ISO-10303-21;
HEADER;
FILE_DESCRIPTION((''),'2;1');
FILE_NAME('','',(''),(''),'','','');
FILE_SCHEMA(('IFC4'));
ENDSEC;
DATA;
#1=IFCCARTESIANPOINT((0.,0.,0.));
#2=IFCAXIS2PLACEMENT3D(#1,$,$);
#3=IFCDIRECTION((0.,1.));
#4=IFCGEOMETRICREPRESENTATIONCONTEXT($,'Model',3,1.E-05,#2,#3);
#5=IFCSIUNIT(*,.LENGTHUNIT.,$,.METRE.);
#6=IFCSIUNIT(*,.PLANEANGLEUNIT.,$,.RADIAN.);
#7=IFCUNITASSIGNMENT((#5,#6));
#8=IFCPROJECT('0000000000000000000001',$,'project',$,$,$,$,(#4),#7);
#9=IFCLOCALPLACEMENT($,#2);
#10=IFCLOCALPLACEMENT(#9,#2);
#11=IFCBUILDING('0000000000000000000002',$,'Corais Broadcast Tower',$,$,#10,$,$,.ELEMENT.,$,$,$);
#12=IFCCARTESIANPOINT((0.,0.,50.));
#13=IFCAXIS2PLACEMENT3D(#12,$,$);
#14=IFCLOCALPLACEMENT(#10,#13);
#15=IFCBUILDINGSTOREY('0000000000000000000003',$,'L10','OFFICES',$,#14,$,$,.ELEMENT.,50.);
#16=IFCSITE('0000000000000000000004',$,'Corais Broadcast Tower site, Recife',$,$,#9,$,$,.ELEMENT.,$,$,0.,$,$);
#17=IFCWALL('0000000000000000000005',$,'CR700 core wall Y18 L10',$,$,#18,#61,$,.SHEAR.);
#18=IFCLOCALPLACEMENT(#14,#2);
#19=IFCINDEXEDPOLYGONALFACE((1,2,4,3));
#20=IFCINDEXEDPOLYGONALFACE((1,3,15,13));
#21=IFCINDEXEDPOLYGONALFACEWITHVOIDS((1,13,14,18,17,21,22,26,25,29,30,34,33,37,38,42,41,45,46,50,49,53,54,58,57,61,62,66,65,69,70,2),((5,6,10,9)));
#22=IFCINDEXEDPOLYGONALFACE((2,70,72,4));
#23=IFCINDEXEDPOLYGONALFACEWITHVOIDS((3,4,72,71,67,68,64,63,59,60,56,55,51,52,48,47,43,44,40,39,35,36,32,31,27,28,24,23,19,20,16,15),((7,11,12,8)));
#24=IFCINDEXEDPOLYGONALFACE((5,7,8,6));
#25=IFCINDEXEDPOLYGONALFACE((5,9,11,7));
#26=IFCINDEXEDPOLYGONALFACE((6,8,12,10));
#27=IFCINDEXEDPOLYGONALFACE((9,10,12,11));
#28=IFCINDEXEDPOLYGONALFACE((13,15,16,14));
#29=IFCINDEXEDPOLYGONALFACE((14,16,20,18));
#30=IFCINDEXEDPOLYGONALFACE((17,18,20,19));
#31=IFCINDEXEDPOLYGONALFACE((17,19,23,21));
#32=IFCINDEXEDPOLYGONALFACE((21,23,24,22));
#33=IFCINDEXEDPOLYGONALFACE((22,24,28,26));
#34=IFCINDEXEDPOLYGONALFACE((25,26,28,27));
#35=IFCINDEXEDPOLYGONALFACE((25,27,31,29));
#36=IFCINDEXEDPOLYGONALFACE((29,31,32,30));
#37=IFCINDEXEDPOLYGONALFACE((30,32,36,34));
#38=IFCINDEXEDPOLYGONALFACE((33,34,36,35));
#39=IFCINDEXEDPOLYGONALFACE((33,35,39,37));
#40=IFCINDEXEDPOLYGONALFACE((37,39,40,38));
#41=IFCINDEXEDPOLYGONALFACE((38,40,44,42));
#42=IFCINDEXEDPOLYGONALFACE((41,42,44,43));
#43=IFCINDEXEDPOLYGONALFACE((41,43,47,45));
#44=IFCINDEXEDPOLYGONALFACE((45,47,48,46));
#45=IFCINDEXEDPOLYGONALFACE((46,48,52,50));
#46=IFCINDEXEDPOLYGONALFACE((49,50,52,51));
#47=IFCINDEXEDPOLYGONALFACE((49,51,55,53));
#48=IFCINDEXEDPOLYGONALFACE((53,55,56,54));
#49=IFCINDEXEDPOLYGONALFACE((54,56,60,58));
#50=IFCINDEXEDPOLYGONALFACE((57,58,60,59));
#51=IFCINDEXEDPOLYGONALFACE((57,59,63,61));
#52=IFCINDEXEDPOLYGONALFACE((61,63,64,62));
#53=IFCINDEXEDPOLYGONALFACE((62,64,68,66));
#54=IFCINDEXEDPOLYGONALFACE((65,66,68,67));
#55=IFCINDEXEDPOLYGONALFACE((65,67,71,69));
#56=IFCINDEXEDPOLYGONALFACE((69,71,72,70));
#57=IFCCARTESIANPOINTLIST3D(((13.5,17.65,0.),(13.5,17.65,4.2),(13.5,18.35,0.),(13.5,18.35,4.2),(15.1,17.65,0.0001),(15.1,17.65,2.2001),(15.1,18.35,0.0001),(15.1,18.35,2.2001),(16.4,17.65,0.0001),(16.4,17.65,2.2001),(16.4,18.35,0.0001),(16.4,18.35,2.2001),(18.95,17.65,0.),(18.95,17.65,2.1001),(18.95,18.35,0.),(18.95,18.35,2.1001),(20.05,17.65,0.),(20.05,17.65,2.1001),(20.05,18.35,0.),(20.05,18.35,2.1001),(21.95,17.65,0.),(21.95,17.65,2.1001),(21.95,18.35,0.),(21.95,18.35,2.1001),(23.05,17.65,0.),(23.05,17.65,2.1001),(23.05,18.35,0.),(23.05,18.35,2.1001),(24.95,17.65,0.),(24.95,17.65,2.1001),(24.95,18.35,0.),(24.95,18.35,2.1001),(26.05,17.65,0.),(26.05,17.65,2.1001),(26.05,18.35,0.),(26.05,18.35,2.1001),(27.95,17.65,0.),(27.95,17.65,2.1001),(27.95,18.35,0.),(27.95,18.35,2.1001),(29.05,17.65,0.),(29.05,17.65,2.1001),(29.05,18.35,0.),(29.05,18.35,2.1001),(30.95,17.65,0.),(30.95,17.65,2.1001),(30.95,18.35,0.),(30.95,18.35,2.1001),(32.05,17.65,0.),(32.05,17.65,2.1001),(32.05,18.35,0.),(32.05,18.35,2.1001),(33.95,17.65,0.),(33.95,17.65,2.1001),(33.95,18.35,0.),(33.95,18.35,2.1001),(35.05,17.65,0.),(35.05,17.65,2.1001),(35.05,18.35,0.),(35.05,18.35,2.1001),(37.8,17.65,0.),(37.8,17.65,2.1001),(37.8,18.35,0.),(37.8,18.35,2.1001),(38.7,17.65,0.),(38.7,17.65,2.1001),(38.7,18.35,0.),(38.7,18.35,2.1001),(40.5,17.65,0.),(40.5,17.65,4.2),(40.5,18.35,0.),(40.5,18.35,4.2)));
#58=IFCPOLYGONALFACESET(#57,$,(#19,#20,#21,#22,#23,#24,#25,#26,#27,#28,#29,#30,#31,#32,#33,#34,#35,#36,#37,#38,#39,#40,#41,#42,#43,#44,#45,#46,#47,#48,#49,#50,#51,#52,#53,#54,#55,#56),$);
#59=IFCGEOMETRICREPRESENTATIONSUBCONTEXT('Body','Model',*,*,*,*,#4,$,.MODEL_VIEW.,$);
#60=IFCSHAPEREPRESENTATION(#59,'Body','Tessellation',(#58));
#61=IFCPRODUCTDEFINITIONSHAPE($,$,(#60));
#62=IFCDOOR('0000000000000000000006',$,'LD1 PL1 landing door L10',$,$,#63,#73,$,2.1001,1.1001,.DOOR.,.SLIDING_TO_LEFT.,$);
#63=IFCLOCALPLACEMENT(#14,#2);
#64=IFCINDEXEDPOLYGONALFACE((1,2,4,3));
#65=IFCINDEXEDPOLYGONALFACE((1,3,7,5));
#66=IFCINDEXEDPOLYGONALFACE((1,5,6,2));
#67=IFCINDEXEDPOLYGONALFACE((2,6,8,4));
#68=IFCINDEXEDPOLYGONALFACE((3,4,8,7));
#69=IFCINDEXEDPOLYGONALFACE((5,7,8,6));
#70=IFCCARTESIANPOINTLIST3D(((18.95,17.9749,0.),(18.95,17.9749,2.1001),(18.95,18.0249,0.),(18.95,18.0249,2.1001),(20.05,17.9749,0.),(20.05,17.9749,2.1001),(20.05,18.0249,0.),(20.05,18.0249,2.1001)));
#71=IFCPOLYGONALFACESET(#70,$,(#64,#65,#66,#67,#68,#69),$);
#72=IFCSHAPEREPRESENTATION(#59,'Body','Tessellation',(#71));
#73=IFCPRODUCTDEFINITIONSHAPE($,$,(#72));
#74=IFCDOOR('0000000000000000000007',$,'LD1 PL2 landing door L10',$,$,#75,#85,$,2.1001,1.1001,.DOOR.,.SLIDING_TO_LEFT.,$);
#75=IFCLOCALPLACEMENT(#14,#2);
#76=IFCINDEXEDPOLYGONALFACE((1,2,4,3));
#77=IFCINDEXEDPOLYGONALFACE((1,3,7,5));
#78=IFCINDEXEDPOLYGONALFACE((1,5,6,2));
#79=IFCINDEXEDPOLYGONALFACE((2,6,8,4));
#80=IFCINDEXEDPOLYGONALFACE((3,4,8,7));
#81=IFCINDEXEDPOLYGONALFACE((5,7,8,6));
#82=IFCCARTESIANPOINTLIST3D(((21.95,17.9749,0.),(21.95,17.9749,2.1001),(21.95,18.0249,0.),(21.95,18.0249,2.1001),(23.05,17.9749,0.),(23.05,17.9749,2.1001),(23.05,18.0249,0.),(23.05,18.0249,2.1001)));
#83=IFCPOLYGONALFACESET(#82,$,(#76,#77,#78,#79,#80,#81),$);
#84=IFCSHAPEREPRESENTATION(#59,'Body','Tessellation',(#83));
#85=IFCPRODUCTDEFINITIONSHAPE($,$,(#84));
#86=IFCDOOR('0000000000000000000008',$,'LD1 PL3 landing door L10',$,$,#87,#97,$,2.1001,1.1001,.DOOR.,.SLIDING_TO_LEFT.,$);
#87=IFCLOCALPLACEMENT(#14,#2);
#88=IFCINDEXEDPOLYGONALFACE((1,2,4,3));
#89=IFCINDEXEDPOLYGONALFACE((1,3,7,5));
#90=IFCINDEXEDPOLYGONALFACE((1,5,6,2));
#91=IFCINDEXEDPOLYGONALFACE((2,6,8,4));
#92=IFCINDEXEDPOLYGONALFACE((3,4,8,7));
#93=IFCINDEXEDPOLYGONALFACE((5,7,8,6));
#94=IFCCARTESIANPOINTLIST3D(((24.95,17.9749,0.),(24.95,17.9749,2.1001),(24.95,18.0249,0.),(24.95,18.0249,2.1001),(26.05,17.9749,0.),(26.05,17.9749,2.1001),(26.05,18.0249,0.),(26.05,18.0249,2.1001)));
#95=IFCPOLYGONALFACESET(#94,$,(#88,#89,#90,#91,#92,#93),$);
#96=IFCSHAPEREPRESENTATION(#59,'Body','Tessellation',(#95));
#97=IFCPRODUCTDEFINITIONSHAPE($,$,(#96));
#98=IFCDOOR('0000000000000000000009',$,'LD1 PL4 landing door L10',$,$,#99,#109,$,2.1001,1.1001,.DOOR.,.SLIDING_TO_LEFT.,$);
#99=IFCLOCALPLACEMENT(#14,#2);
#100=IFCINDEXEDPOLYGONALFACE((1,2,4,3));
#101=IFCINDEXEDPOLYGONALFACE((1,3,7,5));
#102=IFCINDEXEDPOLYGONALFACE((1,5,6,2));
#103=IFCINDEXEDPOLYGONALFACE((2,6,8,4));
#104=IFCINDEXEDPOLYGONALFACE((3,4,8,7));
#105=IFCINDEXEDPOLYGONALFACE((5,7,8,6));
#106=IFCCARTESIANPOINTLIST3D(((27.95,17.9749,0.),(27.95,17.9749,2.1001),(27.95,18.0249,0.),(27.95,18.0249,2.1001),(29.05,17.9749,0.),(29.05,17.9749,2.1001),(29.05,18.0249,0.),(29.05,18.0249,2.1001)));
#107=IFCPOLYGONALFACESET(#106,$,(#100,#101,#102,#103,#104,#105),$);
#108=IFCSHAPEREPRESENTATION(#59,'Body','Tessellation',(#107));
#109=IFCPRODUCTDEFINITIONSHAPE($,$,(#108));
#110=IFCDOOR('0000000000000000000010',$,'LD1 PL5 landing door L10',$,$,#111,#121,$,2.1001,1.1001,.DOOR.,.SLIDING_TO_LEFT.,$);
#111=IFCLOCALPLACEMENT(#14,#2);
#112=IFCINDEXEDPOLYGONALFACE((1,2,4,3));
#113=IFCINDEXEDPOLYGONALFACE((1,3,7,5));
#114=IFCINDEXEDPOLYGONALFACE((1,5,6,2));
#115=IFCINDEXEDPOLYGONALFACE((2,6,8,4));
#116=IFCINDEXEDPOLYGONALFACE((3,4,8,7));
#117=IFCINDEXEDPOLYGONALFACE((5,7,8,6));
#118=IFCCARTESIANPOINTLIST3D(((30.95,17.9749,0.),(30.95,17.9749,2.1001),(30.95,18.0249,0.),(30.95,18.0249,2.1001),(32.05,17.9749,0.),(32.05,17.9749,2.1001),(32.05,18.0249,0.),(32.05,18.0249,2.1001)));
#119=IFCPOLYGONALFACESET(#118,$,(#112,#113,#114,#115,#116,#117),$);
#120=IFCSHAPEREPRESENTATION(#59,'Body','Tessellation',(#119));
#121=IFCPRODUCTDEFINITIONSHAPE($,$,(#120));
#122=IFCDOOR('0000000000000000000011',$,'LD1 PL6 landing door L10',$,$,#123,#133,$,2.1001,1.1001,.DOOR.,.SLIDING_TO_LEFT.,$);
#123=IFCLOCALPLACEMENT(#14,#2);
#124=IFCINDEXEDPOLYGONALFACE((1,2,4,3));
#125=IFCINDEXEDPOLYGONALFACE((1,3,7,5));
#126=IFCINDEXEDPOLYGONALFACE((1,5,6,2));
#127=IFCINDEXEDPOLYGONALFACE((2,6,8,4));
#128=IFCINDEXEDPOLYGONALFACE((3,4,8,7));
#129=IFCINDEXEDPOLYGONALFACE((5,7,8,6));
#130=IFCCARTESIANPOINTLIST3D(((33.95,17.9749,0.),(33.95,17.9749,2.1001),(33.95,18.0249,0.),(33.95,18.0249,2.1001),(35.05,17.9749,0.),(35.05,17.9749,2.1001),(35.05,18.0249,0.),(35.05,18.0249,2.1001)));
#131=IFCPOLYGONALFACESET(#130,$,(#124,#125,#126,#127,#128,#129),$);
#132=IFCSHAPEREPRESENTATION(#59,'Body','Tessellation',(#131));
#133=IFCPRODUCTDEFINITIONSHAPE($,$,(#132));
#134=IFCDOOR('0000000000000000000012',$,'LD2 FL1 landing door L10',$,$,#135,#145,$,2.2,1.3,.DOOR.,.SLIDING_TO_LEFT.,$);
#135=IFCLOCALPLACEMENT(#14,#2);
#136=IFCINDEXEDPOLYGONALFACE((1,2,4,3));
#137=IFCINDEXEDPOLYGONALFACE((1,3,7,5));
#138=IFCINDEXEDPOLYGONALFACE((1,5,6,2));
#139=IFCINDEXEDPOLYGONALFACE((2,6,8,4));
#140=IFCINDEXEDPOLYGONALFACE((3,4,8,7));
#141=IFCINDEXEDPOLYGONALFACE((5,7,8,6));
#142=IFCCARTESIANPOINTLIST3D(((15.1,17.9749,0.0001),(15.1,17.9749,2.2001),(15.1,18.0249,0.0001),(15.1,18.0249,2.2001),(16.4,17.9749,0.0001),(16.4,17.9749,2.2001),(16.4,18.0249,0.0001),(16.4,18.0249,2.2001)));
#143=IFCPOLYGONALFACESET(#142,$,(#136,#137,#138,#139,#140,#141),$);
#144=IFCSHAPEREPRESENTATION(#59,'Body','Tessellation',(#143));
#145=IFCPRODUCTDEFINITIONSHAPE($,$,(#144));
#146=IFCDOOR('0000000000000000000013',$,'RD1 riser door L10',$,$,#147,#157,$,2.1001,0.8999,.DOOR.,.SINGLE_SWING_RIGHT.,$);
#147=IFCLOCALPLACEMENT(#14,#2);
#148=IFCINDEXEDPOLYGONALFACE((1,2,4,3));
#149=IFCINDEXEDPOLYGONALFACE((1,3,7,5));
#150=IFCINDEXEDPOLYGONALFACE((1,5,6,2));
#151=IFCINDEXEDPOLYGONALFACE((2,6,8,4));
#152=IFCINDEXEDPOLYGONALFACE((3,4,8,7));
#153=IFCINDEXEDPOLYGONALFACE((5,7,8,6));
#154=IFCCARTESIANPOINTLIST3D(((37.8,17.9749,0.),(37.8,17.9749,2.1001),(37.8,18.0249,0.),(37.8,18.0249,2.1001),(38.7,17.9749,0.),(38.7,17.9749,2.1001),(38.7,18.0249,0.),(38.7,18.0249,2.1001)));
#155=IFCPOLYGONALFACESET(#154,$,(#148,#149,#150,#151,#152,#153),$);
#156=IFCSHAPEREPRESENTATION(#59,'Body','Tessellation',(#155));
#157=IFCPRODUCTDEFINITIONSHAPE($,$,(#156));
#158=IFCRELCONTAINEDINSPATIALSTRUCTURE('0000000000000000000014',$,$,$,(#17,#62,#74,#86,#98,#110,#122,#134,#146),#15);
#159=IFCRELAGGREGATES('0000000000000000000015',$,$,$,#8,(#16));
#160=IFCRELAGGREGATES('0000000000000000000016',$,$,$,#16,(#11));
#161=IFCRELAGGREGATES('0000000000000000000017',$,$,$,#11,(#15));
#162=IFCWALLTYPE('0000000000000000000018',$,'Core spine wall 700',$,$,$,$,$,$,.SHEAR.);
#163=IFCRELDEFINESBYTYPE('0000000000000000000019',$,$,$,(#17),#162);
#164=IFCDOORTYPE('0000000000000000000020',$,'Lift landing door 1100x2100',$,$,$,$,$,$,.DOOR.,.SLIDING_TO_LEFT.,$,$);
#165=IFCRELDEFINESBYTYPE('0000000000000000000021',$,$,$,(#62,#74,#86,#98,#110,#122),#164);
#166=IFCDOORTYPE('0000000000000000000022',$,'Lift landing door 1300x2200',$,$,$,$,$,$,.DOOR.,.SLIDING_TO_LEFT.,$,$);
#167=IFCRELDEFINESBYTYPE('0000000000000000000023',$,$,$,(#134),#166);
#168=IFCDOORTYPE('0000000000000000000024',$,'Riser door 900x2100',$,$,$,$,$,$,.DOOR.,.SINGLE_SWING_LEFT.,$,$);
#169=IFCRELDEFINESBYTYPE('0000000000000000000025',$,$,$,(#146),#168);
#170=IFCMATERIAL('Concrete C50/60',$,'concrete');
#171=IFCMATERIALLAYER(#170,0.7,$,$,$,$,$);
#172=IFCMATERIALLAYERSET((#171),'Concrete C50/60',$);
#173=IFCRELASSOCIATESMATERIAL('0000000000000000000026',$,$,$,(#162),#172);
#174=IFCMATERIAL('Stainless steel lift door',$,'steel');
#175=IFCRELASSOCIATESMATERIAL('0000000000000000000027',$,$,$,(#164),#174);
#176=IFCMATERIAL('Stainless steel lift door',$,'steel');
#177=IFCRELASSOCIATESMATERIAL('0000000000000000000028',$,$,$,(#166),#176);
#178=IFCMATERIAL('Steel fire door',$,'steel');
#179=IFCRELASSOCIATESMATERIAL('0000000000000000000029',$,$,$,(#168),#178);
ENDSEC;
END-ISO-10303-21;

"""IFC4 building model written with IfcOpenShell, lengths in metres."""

from ifc_helpers import new_model, si_unit, direction, frame, frame_2d, origin, place, context, subcontext, project, spatial, rectangle, extrude, material, layer, layer_set, type_object, element, fill, save


model = new_model("IFC4")

# Units and contexts
model_context = context("Model", 3, precision=1e-05, world=origin(), true_north=direction((0.0, 1.0)))
body_context = subcontext(model_context, "Body", "Model", "MODEL_VIEW")
ifc_project = project(units=[si_unit("LENGTHUNIT", "METRE"), si_unit("PLANEANGLEUNIT", "RADIAN")], contexts=[model_context])

# Site, building, storey
site_placement = place(None, origin())
site = spatial("IfcSite", under=ifc_project, at=site_placement, Name="Corais Broadcast Tower site, Recife", CompositionType="ELEMENT", RefElevation=0.0)
building_placement = place(site_placement, origin())
building = spatial("IfcBuilding", under=site, at=building_placement, Name="Corais Broadcast Tower", CompositionType="ELEMENT")
storey_placement = place(building_placement, frame((0.0, 0.0, 50.0)))
storey = spatial("IfcBuildingStorey", under=building, at=storey_placement, Name="L10", Description="OFFICES", CompositionType="ELEMENT", Elevation=50.0)

# Wall, openings, doors
ifc_material_1 = material(Name="Concrete C50/60", Category="concrete")
ifc_layer_1 = layer(ifc_material_1, 0.7)
ifc_layer_set_1 = layer_set([ifc_layer_1], Name="Concrete C50/60")
wall_type_1 = type_object("IfcWallType", Name="Core spine wall 700", PredefinedType="SHEAR", material=ifc_layer_set_1)
wall_1_placement = place(storey_placement, frame((13.5, 18.0, 0.0), z_axis=(0.0, 0.0, 1.0), x_axis=(1.0, 0.0, 0.0)))
wall_1 = element("IfcWall", 1, at=wall_1_placement, inside=storey, type_object=wall_type_1, Name="CR700 core wall Y18 L10", PredefinedType="SHEAR", context=body_context, shape_type="SweptSolid", body=[
    extrude(rectangle(XDim=27.0, YDim=0.7, at=frame_2d((13.5, 0.0))), origin(), (0.0, 0.0, 1.0), 4.2),
])
opening_1_placement = place(wall_1_placement, frame((24.3, 0.0, 0.0)))
opening_1 = element("IfcOpeningElement", 2, at=opening_1_placement, cuts=wall_1, PredefinedType="OPENING", context=body_context, shape_type="SweptSolid", body=[
    extrude(rectangle(XDim=0.8999, YDim=2.1001, at=frame_2d((0.45, 1.05))), frame((0.0, 0.3599, 0.0), z_axis=(0.0, -1.0, 0.0), x_axis=(1.0, 0.0, 0.0)), (0.0, 0.0, 1.0), 0.72),
])
opening_2_placement = place(wall_1_placement, frame((5.45, 0.0, 0.0)))
opening_2 = element("IfcOpeningElement", 3, at=opening_2_placement, cuts=wall_1, PredefinedType="OPENING", context=body_context, shape_type="SweptSolid", body=[
    extrude(rectangle(XDim=1.1001, YDim=2.1001, at=frame_2d((0.55, 1.05))), frame((0.0, 0.3599, 0.0), z_axis=(0.0, -1.0, 0.0), x_axis=(1.0, 0.0, 0.0)), (0.0, 0.0, 1.0), 0.72),
])
opening_3_placement = place(wall_1_placement, frame((8.45, 0.0, 0.0)))
opening_3 = element("IfcOpeningElement", 4, at=opening_3_placement, cuts=wall_1, PredefinedType="OPENING", context=body_context, shape_type="SweptSolid", body=[
    extrude(rectangle(XDim=1.1001, YDim=2.1001, at=frame_2d((0.55, 1.05))), frame((0.0, 0.3599, 0.0), z_axis=(0.0, -1.0, 0.0), x_axis=(1.0, 0.0, 0.0)), (0.0, 0.0, 1.0), 0.72),
])
opening_4_placement = place(wall_1_placement, frame((11.45, 0.0, 0.0)))
opening_4 = element("IfcOpeningElement", 5, at=opening_4_placement, cuts=wall_1, PredefinedType="OPENING", context=body_context, shape_type="SweptSolid", body=[
    extrude(rectangle(XDim=1.1001, YDim=2.1001, at=frame_2d((0.55, 1.05))), frame((0.0, 0.3599, 0.0), z_axis=(0.0, -1.0, 0.0), x_axis=(1.0, 0.0, 0.0)), (0.0, 0.0, 1.0), 0.72),
])
opening_5_placement = place(wall_1_placement, frame((14.45, 0.0, 0.0)))
opening_5 = element("IfcOpeningElement", 6, at=opening_5_placement, cuts=wall_1, PredefinedType="OPENING", context=body_context, shape_type="SweptSolid", body=[
    extrude(rectangle(XDim=1.1001, YDim=2.1001, at=frame_2d((0.55, 1.05))), frame((0.0, 0.3599, 0.0), z_axis=(0.0, -1.0, 0.0), x_axis=(1.0, 0.0, 0.0)), (0.0, 0.0, 1.0), 0.72),
])
opening_6_placement = place(wall_1_placement, frame((17.45, 0.0, 0.0)))
opening_6 = element("IfcOpeningElement", 7, at=opening_6_placement, cuts=wall_1, PredefinedType="OPENING", context=body_context, shape_type="SweptSolid", body=[
    extrude(rectangle(XDim=1.1001, YDim=2.1001, at=frame_2d((0.55, 1.05))), frame((0.0, 0.3599, 0.0), z_axis=(0.0, -1.0, 0.0), x_axis=(1.0, 0.0, 0.0)), (0.0, 0.0, 1.0), 0.72),
])
opening_7_placement = place(wall_1_placement, frame((20.45, 0.0, 0.0)))
opening_7 = element("IfcOpeningElement", 8, at=opening_7_placement, cuts=wall_1, PredefinedType="OPENING", context=body_context, shape_type="SweptSolid", body=[
    extrude(rectangle(XDim=1.1001, YDim=2.1001, at=frame_2d((0.55, 1.05))), frame((0.0, 0.3599, 0.0), z_axis=(0.0, -1.0, 0.0), x_axis=(1.0, 0.0, 0.0)), (0.0, 0.0, 1.0), 0.72),
])
opening_8_placement = place(wall_1_placement, frame((1.6001, 0.0, 0.0)))
opening_8 = element("IfcOpeningElement", 9, at=opening_8_placement, cuts=wall_1, PredefinedType="OPENING", context=body_context, shape_type="SweptSolid", body=[
    extrude(rectangle(XDim=1.3, YDim=2.2, at=frame_2d((0.6499, 1.1001))), frame((0.0, 0.3599, 0.0), z_axis=(0.0, -1.0, 0.0), x_axis=(1.0, 0.0, 0.0)), (0.0, 0.0, 1.0), 0.72),
])
ifc_material_2 = material(Name="Stainless steel lift door", Category="steel")
door_type_1 = type_object("IfcDoorType", Name="Lift landing door 1100x2100", OperationType="SLIDING_TO_LEFT", PredefinedType="DOOR", material=ifc_material_2)
door_1_placement = place(opening_2_placement, origin())
door_1 = element("IfcDoor", 10, at=door_1_placement, inside=storey, type_object=door_type_1, Name="LD1 PL1 landing door L10", OperationType="SLIDING_TO_LEFT", OverallHeight=2.1001, OverallWidth=1.1001, PredefinedType="DOOR", context=body_context, shape_type="SweptSolid", body=[
    extrude(rectangle(XDim=1.1001, YDim=2.1001, at=frame_2d((0.55, 1.05))), frame((0.0, 0.0249, 0.0), z_axis=(0.0, -1.0, 0.0), x_axis=(1.0, 0.0, 0.0)), (0.0, 0.0, 1.0), 0.05),
])
fill(opening_2, door_1)
door_2_placement = place(opening_3_placement, origin())
door_2 = element("IfcDoor", 11, at=door_2_placement, inside=storey, type_object=door_type_1, Name="LD1 PL2 landing door L10", OperationType="SLIDING_TO_LEFT", OverallHeight=2.1001, OverallWidth=1.1001, PredefinedType="DOOR", context=body_context, shape_type="SweptSolid", body=[
    extrude(rectangle(XDim=1.1001, YDim=2.1001, at=frame_2d((0.55, 1.05))), frame((0.0, 0.0249, 0.0), z_axis=(0.0, -1.0, 0.0), x_axis=(1.0, 0.0, 0.0)), (0.0, 0.0, 1.0), 0.05),
])
fill(opening_3, door_2)
door_3_placement = place(opening_4_placement, origin())
door_3 = element("IfcDoor", 12, at=door_3_placement, inside=storey, type_object=door_type_1, Name="LD1 PL3 landing door L10", OperationType="SLIDING_TO_LEFT", OverallHeight=2.1001, OverallWidth=1.1001, PredefinedType="DOOR", context=body_context, shape_type="SweptSolid", body=[
    extrude(rectangle(XDim=1.1001, YDim=2.1001, at=frame_2d((0.55, 1.05))), frame((0.0, 0.0249, 0.0), z_axis=(0.0, -1.0, 0.0), x_axis=(1.0, 0.0, 0.0)), (0.0, 0.0, 1.0), 0.05),
])
fill(opening_4, door_3)
door_4_placement = place(opening_5_placement, origin())
door_4 = element("IfcDoor", 13, at=door_4_placement, inside=storey, type_object=door_type_1, Name="LD1 PL4 landing door L10", OperationType="SLIDING_TO_LEFT", OverallHeight=2.1001, OverallWidth=1.1001, PredefinedType="DOOR", context=body_context, shape_type="SweptSolid", body=[
    extrude(rectangle(XDim=1.1001, YDim=2.1001, at=frame_2d((0.55, 1.05))), frame((0.0, 0.0249, 0.0), z_axis=(0.0, -1.0, 0.0), x_axis=(1.0, 0.0, 0.0)), (0.0, 0.0, 1.0), 0.05),
])
fill(opening_5, door_4)
door_5_placement = place(opening_6_placement, origin())
door_5 = element("IfcDoor", 14, at=door_5_placement, inside=storey, type_object=door_type_1, Name="LD1 PL5 landing door L10", OperationType="SLIDING_TO_LEFT", OverallHeight=2.1001, OverallWidth=1.1001, PredefinedType="DOOR", context=body_context, shape_type="SweptSolid", body=[
    extrude(rectangle(XDim=1.1001, YDim=2.1001, at=frame_2d((0.55, 1.05))), frame((0.0, 0.0249, 0.0), z_axis=(0.0, -1.0, 0.0), x_axis=(1.0, 0.0, 0.0)), (0.0, 0.0, 1.0), 0.05),
])
fill(opening_6, door_5)
door_6_placement = place(opening_7_placement, origin())
door_6 = element("IfcDoor", 15, at=door_6_placement, inside=storey, type_object=door_type_1, Name="LD1 PL6 landing door L10", OperationType="SLIDING_TO_LEFT", OverallHeight=2.1001, OverallWidth=1.1001, PredefinedType="DOOR", context=body_context, shape_type="SweptSolid", body=[
    extrude(rectangle(XDim=1.1001, YDim=2.1001, at=frame_2d((0.55, 1.05))), frame((0.0, 0.0249, 0.0), z_axis=(0.0, -1.0, 0.0), x_axis=(1.0, 0.0, 0.0)), (0.0, 0.0, 1.0), 0.05),
])
fill(opening_7, door_6)
ifc_material_3 = material(Name="Stainless steel lift door", Category="steel")
door_type_2 = type_object("IfcDoorType", Name="Lift landing door 1300x2200", OperationType="SLIDING_TO_LEFT", PredefinedType="DOOR", material=ifc_material_3)
door_7_placement = place(opening_8_placement, origin())
door_7 = element("IfcDoor", 16, at=door_7_placement, inside=storey, type_object=door_type_2, Name="LD2 FL1 landing door L10", OperationType="SLIDING_TO_LEFT", OverallHeight=2.2, OverallWidth=1.3, PredefinedType="DOOR", context=body_context, shape_type="SweptSolid", body=[
    extrude(rectangle(XDim=1.3, YDim=2.2, at=frame_2d((0.6499, 1.1001))), frame((0.0, 0.0249, 0.0), z_axis=(0.0, -1.0, 0.0), x_axis=(1.0, 0.0, 0.0)), (0.0, 0.0, 1.0), 0.05),
])
fill(opening_8, door_7)
ifc_material_4 = material(Name="Steel fire door", Category="steel")
door_type_3 = type_object("IfcDoorType", Name="Riser door 900x2100", OperationType="SINGLE_SWING_LEFT", PredefinedType="DOOR", material=ifc_material_4)
door_8_placement = place(opening_1_placement, origin())
door_8 = element("IfcDoor", 17, at=door_8_placement, inside=storey, type_object=door_type_3, Name="RD1 riser door L10", OperationType="SINGLE_SWING_RIGHT", OverallHeight=2.1001, OverallWidth=0.8999, PredefinedType="DOOR", context=body_context, shape_type="SweptSolid", body=[
    extrude(rectangle(XDim=0.8999, YDim=2.1001, at=frame_2d((0.45, 1.05))), frame((0.0, 0.0249, 0.0), z_axis=(0.0, -1.0, 0.0), x_axis=(1.0, 0.0, 0.0)), (0.0, 0.0, 1.0), 0.05),
])
fill(opening_1, door_8)

save(model, "model.ifc")
